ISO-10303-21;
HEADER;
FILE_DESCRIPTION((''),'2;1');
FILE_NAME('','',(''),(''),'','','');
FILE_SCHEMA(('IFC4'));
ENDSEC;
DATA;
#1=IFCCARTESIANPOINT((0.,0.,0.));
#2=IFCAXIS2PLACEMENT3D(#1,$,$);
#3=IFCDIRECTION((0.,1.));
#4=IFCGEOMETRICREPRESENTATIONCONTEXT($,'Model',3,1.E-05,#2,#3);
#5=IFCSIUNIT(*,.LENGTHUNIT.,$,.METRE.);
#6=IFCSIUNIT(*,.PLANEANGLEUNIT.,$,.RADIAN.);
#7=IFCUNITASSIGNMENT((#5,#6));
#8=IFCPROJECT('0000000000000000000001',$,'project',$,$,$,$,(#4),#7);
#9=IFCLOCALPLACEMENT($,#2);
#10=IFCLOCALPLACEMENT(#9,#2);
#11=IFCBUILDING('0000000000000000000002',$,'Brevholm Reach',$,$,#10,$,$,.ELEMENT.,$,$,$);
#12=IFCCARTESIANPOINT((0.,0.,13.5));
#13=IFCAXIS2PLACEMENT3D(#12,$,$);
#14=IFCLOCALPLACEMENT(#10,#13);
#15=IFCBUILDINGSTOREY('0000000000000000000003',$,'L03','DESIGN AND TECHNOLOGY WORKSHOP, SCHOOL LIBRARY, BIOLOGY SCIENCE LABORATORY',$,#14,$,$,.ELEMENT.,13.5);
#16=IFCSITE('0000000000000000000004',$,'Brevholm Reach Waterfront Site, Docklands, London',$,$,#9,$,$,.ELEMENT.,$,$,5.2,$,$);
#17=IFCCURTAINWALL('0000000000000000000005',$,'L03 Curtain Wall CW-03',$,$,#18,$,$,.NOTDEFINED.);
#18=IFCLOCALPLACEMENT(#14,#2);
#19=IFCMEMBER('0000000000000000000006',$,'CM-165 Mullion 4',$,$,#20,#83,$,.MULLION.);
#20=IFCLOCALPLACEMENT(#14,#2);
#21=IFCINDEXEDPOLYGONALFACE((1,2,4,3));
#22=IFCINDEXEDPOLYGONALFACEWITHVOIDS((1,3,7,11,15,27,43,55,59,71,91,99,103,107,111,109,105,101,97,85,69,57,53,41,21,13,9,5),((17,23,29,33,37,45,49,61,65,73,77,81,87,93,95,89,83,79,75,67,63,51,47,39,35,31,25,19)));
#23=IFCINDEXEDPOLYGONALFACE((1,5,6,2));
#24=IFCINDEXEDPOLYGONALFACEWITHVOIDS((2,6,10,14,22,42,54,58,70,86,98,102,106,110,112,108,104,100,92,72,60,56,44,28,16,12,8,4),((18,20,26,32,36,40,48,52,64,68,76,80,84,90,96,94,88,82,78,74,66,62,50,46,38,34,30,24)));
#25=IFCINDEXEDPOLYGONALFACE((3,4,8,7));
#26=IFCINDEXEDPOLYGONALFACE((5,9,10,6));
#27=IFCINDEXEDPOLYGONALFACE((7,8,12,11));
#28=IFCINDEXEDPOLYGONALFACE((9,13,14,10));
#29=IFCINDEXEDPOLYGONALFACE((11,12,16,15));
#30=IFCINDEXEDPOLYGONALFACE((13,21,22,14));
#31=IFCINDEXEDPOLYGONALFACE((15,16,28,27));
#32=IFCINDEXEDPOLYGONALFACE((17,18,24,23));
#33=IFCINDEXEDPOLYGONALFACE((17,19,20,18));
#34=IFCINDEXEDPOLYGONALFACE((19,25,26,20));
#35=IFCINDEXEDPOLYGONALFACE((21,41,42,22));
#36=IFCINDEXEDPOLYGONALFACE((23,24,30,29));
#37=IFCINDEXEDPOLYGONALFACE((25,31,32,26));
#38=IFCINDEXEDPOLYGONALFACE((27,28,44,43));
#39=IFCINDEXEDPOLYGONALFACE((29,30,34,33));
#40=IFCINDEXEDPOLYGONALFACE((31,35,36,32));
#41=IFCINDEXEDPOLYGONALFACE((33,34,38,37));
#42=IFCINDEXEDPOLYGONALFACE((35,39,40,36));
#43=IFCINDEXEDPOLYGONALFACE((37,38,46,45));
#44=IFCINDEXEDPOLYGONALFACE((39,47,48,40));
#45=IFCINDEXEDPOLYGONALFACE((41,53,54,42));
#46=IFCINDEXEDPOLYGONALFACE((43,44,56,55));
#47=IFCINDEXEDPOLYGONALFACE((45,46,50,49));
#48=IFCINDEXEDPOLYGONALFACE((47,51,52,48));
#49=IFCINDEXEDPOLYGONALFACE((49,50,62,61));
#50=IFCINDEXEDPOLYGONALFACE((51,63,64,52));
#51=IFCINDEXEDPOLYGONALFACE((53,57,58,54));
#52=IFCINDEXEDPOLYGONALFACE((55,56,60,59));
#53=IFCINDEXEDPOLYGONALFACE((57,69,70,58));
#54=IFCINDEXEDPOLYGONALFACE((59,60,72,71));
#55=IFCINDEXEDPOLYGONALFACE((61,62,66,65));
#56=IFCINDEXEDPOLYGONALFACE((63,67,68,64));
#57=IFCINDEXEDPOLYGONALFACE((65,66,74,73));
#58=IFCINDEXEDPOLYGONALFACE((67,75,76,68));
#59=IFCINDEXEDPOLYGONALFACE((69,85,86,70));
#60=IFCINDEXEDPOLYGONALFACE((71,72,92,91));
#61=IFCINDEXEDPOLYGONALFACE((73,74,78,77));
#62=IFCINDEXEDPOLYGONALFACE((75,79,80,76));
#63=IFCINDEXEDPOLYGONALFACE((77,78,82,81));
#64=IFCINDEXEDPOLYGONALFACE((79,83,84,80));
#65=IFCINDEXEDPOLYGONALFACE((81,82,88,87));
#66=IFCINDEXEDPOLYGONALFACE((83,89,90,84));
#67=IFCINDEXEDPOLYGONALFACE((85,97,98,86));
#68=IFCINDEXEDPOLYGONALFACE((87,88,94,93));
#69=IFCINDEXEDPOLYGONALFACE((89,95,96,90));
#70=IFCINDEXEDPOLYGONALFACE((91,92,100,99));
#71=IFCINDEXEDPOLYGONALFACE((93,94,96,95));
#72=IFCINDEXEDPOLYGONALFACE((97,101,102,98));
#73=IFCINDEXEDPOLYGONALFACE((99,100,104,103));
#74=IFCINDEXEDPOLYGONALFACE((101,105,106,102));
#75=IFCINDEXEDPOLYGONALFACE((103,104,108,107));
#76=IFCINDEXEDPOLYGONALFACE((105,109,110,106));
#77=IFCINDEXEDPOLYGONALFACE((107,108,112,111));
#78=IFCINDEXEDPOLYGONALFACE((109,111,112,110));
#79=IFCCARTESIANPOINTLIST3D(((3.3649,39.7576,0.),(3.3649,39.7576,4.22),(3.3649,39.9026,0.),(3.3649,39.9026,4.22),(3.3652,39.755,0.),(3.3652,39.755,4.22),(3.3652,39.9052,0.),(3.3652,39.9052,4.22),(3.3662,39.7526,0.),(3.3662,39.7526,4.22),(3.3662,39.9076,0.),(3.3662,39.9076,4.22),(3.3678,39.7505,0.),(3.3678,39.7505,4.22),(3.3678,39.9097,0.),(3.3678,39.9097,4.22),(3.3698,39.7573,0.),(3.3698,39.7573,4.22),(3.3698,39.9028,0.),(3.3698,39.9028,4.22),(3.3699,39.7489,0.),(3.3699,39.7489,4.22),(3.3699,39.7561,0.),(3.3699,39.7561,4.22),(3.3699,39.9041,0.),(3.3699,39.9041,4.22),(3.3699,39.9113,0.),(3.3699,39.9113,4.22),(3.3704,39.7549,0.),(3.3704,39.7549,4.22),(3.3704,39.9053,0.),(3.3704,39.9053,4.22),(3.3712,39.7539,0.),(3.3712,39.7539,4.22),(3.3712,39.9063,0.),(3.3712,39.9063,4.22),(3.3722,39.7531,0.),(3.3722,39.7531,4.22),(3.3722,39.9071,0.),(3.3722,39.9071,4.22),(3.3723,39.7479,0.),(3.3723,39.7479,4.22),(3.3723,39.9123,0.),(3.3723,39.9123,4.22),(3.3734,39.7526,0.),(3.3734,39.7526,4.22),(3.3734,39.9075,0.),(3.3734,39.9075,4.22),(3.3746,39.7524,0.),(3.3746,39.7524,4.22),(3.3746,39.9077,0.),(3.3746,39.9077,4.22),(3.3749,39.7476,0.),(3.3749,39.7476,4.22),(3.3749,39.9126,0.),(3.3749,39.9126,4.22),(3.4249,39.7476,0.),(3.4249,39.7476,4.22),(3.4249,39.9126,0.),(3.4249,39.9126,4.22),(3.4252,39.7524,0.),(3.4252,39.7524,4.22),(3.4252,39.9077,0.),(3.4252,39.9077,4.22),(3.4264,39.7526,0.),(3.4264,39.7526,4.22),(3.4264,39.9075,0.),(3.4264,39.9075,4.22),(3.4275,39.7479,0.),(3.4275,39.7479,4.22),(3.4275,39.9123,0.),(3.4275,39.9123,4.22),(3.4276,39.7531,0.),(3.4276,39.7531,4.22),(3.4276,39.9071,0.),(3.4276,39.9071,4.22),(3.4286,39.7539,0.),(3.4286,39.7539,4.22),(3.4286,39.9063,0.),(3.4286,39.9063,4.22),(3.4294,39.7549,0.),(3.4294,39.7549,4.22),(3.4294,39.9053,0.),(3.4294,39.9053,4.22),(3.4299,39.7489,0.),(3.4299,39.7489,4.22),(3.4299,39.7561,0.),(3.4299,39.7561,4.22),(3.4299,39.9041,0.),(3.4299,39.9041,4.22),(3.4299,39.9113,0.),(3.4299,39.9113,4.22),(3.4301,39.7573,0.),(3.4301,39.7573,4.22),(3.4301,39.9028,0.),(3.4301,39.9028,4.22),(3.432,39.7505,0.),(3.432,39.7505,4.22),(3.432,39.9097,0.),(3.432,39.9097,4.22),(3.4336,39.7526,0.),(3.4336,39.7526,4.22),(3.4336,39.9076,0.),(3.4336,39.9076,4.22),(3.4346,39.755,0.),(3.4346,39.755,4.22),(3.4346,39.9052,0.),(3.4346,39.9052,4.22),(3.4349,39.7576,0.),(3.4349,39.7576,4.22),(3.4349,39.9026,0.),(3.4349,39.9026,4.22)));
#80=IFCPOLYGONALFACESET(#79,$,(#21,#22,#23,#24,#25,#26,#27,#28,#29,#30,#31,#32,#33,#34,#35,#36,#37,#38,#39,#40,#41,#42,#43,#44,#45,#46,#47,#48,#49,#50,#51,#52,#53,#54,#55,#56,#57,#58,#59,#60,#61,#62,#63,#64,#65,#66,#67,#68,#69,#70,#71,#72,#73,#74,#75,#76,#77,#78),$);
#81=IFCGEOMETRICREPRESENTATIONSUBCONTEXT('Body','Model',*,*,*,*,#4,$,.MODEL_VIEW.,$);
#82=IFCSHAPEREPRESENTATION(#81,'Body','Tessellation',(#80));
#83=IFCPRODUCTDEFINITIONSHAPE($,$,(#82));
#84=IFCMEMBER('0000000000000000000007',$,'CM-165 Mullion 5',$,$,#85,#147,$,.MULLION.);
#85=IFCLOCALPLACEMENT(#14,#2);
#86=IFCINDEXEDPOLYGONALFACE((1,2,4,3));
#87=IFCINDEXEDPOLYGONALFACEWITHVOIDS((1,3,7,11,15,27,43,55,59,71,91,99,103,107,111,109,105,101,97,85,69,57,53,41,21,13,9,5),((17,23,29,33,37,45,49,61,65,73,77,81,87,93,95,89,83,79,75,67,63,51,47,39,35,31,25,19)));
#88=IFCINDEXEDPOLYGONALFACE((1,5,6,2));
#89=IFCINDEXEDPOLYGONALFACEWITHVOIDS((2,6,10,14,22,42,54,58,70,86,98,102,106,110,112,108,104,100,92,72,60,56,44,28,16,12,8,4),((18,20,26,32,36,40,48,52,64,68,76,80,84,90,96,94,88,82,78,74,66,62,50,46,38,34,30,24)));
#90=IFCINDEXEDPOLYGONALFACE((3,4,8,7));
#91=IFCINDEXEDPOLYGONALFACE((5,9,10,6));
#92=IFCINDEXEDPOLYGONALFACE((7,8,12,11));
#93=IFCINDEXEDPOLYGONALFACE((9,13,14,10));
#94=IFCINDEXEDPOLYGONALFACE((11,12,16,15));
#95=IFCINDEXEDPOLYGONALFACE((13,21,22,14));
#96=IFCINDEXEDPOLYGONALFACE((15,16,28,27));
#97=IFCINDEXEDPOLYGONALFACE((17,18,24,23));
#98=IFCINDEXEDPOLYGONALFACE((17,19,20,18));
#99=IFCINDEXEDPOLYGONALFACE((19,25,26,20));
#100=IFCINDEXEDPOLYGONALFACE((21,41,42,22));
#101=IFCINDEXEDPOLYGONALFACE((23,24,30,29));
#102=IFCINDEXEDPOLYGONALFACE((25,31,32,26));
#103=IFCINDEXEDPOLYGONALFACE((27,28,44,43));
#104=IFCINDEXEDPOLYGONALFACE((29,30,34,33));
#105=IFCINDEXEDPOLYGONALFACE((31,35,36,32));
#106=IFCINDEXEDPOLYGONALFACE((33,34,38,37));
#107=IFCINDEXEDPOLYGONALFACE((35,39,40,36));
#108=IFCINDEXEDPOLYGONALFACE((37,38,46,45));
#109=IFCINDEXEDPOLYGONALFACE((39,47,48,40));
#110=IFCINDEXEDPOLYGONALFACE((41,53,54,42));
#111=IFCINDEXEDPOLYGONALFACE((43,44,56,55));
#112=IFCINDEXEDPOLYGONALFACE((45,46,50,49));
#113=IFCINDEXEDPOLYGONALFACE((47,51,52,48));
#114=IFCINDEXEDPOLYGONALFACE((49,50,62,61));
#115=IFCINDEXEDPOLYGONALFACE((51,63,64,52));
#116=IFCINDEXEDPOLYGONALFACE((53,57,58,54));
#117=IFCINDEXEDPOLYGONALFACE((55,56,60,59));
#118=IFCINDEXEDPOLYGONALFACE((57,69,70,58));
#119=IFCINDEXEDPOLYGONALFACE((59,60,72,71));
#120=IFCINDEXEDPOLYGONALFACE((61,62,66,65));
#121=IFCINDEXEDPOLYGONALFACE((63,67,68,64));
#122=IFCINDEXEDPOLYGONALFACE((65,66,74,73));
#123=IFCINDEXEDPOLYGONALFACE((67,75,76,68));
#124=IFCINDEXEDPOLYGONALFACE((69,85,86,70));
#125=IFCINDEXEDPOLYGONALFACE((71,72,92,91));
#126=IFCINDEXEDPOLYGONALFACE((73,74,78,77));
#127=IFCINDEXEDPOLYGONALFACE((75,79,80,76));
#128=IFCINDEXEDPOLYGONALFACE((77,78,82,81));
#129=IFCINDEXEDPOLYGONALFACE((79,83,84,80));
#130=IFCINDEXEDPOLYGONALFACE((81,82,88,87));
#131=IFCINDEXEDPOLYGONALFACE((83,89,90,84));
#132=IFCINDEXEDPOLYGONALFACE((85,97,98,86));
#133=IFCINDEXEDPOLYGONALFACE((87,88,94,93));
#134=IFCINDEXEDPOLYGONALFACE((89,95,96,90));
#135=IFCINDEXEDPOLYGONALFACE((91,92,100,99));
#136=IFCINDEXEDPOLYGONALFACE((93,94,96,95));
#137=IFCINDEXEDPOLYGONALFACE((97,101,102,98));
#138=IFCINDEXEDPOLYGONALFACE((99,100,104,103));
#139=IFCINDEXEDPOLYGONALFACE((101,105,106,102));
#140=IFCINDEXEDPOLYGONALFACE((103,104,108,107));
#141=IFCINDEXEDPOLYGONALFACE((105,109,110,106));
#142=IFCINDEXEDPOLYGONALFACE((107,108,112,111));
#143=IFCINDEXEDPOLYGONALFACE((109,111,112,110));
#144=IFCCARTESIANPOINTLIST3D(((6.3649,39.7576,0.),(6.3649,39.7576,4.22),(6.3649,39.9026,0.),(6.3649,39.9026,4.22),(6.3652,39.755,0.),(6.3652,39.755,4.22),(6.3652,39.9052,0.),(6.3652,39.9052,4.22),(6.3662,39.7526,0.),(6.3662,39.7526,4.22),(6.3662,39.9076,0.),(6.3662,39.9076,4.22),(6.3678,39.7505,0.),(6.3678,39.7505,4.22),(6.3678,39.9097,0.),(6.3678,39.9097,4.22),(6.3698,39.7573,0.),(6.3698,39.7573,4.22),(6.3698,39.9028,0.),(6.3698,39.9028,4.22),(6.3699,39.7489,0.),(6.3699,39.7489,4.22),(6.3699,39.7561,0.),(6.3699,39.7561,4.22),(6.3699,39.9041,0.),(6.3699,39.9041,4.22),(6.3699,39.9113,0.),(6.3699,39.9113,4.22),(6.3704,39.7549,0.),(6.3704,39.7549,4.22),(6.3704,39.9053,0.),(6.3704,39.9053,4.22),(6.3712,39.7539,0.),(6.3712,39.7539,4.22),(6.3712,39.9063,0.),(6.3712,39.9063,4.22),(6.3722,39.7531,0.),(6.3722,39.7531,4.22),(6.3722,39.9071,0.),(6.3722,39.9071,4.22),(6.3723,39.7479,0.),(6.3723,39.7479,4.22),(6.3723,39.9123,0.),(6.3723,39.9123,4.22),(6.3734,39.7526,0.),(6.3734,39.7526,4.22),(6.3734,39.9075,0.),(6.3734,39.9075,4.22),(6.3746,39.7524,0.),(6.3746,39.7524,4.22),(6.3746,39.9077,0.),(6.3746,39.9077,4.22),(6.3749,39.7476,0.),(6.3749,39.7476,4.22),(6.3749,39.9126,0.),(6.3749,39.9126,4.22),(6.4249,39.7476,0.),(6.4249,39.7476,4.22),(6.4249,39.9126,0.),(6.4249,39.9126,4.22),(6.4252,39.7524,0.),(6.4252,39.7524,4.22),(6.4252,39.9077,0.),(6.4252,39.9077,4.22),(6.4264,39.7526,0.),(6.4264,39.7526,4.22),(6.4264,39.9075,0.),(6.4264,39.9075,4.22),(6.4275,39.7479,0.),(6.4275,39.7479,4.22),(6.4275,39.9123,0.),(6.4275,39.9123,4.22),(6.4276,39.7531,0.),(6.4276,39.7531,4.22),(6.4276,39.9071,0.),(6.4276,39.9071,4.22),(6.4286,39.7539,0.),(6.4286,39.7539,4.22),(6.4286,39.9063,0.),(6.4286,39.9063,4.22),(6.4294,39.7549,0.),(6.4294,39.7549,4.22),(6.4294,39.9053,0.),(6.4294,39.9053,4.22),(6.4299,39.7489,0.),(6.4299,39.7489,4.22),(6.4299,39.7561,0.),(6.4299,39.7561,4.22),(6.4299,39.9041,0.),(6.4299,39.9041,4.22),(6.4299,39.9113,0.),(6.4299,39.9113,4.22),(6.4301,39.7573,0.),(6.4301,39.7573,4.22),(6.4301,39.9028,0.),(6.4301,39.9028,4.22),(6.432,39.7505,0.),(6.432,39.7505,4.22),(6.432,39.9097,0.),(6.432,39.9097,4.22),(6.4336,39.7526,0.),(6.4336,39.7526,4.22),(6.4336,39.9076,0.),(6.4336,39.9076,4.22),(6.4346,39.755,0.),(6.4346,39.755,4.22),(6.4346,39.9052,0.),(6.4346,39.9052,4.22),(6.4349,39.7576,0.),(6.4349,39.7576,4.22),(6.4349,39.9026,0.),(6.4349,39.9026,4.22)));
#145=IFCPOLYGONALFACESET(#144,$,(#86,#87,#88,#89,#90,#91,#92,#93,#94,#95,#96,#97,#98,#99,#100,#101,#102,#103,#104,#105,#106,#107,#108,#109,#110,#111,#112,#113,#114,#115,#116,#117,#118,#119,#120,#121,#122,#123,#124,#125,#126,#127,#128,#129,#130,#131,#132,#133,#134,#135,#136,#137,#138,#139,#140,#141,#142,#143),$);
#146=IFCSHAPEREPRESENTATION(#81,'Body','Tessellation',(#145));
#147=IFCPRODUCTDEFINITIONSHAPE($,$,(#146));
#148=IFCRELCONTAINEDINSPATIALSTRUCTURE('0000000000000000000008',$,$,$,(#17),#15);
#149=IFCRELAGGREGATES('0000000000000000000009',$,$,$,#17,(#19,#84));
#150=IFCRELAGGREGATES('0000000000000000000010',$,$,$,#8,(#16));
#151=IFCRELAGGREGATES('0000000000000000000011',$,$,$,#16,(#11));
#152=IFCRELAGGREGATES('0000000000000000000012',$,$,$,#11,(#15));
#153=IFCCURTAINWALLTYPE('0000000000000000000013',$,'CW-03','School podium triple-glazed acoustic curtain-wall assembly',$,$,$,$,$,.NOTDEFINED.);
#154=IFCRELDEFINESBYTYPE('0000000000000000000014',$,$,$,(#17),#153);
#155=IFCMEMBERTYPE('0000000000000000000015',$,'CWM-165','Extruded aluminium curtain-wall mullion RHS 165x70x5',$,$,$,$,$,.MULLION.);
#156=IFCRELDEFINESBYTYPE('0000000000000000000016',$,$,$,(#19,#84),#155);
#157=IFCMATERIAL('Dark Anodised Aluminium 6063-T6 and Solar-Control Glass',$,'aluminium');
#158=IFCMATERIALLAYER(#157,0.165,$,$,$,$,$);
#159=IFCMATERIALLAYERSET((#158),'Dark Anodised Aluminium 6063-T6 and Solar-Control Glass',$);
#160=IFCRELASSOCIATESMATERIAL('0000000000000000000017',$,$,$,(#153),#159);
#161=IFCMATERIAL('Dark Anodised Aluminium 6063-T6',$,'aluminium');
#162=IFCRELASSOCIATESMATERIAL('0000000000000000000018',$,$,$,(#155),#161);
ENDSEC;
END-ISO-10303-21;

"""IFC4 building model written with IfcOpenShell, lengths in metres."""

from ifc_helpers import new_model, si_unit, direction, frame, origin, origin_2d, place, context, subcontext, project, spatial, hollow_rectangle, extrude, material, layer, layer_set, material_profile, profile_set, type_object, element, aggregate, save


model = new_model("IFC4")

# Units and contexts
model_context = context("Model", 3, precision=1e-05, world=origin(), true_north=direction((0.0, 1.0)))
body_context = subcontext(model_context, "Body", "Model", "MODEL_VIEW")
ifc_project = project(units=[si_unit("LENGTHUNIT", "METRE"), si_unit("PLANEANGLEUNIT", "RADIAN")], contexts=[model_context])

# Site, building, storey
site_placement = place(None, origin())
site = spatial("IfcSite", under=ifc_project, at=site_placement, Name="Brevholm Reach Waterfront Site, Docklands, London", CompositionType="ELEMENT", RefElevation=5.2)
building_placement = place(site_placement, origin())
building = spatial("IfcBuilding", under=site, at=building_placement, Name="Brevholm Reach", CompositionType="ELEMENT")
storey_placement = place(building_placement, frame((0.0, 0.0, 13.5)))
storey = spatial("IfcBuildingStorey", under=building, at=storey_placement, Name="L03", Description="DESIGN AND TECHNOLOGY WORKSHOP, SCHOOL LIBRARY, BIOLOGY SCIENCE LABORATORY", CompositionType="ELEMENT", Elevation=13.5)

# Curtain wall, members
ifc_material_1 = material(Name="Dark Anodised Aluminium 6063-T6 and Solar-Control Glass", Category="aluminium")
ifc_layer_1 = layer(ifc_material_1, 0.165)
ifc_layer_set_1 = layer_set([ifc_layer_1], Name="Dark Anodised Aluminium 6063-T6 and Solar-Control Glass")
curtain_wall_type = type_object("IfcCurtainWallType", Name="CW-03", Description="School podium triple-glazed acoustic curtain-wall assembly", PredefinedType="NOTDEFINED", material=ifc_layer_set_1)
curtain_wall_placement = place(storey_placement, origin())
curtain_wall = element("IfcCurtainWall", 1, at=curtain_wall_placement, inside=storey, type_object=curtain_wall_type, Name="L03 Curtain Wall CW-03", PredefinedType="NOTDEFINED")
ifc_material_2 = material(Name="Dark Anodised Aluminium 6063-T6", Category="aluminium")
ifc_material_profile_1 = material_profile(ifc_material_2, hollow_rectangle(XDim=0.0701, YDim=0.165, WallThickness=0.0049, InnerFilletRadius=0.0049, OuterFilletRadius=0.01, at=origin_2d()), Name="RHS 165x70x5")
ifc_profile_set_1 = profile_set([ifc_material_profile_1], Name="Dark Anodised Aluminium 6063-T6")
member_type_1 = type_object("IfcMemberType", Name="CWM-165", Description="Extruded aluminium curtain-wall mullion RHS 165x70x5", PredefinedType="MULLION", material=ifc_profile_set_1)
member_1_placement = place(storey_placement, frame((3.3999, 39.8301, 0.0), z_axis=(0.0, 0.0, 1.0), x_axis=(1.0, 0.0, 0.0)))
member_1 = element("IfcMember", 2, at=member_1_placement, type_object=member_type_1, Name="CM-165 Mullion 4", PredefinedType="MULLION", context=body_context, shape_type="SweptSolid", body=[
    extrude(hollow_rectangle(XDim=0.0701, YDim=0.165, WallThickness=0.0049, InnerFilletRadius=0.0049, OuterFilletRadius=0.01, at=origin_2d()), origin(), (0.0, 0.0, 1.0), 4.22),
])
member_2_placement = place(storey_placement, frame((6.3999, 39.8301, 0.0), z_axis=(0.0, 0.0, 1.0), x_axis=(1.0, 0.0, 0.0)))
member_2 = element("IfcMember", 3, at=member_2_placement, type_object=member_type_1, Name="CM-165 Mullion 5", PredefinedType="MULLION", context=body_context, shape_type="SweptSolid", body=[
    extrude(hollow_rectangle(XDim=0.0701, YDim=0.165, WallThickness=0.0049, InnerFilletRadius=0.0049, OuterFilletRadius=0.01, at=origin_2d()), origin(), (0.0, 0.0, 1.0), 4.22),
])
aggregate(curtain_wall, [member_1, member_2])

save(model, "model.ifc")
